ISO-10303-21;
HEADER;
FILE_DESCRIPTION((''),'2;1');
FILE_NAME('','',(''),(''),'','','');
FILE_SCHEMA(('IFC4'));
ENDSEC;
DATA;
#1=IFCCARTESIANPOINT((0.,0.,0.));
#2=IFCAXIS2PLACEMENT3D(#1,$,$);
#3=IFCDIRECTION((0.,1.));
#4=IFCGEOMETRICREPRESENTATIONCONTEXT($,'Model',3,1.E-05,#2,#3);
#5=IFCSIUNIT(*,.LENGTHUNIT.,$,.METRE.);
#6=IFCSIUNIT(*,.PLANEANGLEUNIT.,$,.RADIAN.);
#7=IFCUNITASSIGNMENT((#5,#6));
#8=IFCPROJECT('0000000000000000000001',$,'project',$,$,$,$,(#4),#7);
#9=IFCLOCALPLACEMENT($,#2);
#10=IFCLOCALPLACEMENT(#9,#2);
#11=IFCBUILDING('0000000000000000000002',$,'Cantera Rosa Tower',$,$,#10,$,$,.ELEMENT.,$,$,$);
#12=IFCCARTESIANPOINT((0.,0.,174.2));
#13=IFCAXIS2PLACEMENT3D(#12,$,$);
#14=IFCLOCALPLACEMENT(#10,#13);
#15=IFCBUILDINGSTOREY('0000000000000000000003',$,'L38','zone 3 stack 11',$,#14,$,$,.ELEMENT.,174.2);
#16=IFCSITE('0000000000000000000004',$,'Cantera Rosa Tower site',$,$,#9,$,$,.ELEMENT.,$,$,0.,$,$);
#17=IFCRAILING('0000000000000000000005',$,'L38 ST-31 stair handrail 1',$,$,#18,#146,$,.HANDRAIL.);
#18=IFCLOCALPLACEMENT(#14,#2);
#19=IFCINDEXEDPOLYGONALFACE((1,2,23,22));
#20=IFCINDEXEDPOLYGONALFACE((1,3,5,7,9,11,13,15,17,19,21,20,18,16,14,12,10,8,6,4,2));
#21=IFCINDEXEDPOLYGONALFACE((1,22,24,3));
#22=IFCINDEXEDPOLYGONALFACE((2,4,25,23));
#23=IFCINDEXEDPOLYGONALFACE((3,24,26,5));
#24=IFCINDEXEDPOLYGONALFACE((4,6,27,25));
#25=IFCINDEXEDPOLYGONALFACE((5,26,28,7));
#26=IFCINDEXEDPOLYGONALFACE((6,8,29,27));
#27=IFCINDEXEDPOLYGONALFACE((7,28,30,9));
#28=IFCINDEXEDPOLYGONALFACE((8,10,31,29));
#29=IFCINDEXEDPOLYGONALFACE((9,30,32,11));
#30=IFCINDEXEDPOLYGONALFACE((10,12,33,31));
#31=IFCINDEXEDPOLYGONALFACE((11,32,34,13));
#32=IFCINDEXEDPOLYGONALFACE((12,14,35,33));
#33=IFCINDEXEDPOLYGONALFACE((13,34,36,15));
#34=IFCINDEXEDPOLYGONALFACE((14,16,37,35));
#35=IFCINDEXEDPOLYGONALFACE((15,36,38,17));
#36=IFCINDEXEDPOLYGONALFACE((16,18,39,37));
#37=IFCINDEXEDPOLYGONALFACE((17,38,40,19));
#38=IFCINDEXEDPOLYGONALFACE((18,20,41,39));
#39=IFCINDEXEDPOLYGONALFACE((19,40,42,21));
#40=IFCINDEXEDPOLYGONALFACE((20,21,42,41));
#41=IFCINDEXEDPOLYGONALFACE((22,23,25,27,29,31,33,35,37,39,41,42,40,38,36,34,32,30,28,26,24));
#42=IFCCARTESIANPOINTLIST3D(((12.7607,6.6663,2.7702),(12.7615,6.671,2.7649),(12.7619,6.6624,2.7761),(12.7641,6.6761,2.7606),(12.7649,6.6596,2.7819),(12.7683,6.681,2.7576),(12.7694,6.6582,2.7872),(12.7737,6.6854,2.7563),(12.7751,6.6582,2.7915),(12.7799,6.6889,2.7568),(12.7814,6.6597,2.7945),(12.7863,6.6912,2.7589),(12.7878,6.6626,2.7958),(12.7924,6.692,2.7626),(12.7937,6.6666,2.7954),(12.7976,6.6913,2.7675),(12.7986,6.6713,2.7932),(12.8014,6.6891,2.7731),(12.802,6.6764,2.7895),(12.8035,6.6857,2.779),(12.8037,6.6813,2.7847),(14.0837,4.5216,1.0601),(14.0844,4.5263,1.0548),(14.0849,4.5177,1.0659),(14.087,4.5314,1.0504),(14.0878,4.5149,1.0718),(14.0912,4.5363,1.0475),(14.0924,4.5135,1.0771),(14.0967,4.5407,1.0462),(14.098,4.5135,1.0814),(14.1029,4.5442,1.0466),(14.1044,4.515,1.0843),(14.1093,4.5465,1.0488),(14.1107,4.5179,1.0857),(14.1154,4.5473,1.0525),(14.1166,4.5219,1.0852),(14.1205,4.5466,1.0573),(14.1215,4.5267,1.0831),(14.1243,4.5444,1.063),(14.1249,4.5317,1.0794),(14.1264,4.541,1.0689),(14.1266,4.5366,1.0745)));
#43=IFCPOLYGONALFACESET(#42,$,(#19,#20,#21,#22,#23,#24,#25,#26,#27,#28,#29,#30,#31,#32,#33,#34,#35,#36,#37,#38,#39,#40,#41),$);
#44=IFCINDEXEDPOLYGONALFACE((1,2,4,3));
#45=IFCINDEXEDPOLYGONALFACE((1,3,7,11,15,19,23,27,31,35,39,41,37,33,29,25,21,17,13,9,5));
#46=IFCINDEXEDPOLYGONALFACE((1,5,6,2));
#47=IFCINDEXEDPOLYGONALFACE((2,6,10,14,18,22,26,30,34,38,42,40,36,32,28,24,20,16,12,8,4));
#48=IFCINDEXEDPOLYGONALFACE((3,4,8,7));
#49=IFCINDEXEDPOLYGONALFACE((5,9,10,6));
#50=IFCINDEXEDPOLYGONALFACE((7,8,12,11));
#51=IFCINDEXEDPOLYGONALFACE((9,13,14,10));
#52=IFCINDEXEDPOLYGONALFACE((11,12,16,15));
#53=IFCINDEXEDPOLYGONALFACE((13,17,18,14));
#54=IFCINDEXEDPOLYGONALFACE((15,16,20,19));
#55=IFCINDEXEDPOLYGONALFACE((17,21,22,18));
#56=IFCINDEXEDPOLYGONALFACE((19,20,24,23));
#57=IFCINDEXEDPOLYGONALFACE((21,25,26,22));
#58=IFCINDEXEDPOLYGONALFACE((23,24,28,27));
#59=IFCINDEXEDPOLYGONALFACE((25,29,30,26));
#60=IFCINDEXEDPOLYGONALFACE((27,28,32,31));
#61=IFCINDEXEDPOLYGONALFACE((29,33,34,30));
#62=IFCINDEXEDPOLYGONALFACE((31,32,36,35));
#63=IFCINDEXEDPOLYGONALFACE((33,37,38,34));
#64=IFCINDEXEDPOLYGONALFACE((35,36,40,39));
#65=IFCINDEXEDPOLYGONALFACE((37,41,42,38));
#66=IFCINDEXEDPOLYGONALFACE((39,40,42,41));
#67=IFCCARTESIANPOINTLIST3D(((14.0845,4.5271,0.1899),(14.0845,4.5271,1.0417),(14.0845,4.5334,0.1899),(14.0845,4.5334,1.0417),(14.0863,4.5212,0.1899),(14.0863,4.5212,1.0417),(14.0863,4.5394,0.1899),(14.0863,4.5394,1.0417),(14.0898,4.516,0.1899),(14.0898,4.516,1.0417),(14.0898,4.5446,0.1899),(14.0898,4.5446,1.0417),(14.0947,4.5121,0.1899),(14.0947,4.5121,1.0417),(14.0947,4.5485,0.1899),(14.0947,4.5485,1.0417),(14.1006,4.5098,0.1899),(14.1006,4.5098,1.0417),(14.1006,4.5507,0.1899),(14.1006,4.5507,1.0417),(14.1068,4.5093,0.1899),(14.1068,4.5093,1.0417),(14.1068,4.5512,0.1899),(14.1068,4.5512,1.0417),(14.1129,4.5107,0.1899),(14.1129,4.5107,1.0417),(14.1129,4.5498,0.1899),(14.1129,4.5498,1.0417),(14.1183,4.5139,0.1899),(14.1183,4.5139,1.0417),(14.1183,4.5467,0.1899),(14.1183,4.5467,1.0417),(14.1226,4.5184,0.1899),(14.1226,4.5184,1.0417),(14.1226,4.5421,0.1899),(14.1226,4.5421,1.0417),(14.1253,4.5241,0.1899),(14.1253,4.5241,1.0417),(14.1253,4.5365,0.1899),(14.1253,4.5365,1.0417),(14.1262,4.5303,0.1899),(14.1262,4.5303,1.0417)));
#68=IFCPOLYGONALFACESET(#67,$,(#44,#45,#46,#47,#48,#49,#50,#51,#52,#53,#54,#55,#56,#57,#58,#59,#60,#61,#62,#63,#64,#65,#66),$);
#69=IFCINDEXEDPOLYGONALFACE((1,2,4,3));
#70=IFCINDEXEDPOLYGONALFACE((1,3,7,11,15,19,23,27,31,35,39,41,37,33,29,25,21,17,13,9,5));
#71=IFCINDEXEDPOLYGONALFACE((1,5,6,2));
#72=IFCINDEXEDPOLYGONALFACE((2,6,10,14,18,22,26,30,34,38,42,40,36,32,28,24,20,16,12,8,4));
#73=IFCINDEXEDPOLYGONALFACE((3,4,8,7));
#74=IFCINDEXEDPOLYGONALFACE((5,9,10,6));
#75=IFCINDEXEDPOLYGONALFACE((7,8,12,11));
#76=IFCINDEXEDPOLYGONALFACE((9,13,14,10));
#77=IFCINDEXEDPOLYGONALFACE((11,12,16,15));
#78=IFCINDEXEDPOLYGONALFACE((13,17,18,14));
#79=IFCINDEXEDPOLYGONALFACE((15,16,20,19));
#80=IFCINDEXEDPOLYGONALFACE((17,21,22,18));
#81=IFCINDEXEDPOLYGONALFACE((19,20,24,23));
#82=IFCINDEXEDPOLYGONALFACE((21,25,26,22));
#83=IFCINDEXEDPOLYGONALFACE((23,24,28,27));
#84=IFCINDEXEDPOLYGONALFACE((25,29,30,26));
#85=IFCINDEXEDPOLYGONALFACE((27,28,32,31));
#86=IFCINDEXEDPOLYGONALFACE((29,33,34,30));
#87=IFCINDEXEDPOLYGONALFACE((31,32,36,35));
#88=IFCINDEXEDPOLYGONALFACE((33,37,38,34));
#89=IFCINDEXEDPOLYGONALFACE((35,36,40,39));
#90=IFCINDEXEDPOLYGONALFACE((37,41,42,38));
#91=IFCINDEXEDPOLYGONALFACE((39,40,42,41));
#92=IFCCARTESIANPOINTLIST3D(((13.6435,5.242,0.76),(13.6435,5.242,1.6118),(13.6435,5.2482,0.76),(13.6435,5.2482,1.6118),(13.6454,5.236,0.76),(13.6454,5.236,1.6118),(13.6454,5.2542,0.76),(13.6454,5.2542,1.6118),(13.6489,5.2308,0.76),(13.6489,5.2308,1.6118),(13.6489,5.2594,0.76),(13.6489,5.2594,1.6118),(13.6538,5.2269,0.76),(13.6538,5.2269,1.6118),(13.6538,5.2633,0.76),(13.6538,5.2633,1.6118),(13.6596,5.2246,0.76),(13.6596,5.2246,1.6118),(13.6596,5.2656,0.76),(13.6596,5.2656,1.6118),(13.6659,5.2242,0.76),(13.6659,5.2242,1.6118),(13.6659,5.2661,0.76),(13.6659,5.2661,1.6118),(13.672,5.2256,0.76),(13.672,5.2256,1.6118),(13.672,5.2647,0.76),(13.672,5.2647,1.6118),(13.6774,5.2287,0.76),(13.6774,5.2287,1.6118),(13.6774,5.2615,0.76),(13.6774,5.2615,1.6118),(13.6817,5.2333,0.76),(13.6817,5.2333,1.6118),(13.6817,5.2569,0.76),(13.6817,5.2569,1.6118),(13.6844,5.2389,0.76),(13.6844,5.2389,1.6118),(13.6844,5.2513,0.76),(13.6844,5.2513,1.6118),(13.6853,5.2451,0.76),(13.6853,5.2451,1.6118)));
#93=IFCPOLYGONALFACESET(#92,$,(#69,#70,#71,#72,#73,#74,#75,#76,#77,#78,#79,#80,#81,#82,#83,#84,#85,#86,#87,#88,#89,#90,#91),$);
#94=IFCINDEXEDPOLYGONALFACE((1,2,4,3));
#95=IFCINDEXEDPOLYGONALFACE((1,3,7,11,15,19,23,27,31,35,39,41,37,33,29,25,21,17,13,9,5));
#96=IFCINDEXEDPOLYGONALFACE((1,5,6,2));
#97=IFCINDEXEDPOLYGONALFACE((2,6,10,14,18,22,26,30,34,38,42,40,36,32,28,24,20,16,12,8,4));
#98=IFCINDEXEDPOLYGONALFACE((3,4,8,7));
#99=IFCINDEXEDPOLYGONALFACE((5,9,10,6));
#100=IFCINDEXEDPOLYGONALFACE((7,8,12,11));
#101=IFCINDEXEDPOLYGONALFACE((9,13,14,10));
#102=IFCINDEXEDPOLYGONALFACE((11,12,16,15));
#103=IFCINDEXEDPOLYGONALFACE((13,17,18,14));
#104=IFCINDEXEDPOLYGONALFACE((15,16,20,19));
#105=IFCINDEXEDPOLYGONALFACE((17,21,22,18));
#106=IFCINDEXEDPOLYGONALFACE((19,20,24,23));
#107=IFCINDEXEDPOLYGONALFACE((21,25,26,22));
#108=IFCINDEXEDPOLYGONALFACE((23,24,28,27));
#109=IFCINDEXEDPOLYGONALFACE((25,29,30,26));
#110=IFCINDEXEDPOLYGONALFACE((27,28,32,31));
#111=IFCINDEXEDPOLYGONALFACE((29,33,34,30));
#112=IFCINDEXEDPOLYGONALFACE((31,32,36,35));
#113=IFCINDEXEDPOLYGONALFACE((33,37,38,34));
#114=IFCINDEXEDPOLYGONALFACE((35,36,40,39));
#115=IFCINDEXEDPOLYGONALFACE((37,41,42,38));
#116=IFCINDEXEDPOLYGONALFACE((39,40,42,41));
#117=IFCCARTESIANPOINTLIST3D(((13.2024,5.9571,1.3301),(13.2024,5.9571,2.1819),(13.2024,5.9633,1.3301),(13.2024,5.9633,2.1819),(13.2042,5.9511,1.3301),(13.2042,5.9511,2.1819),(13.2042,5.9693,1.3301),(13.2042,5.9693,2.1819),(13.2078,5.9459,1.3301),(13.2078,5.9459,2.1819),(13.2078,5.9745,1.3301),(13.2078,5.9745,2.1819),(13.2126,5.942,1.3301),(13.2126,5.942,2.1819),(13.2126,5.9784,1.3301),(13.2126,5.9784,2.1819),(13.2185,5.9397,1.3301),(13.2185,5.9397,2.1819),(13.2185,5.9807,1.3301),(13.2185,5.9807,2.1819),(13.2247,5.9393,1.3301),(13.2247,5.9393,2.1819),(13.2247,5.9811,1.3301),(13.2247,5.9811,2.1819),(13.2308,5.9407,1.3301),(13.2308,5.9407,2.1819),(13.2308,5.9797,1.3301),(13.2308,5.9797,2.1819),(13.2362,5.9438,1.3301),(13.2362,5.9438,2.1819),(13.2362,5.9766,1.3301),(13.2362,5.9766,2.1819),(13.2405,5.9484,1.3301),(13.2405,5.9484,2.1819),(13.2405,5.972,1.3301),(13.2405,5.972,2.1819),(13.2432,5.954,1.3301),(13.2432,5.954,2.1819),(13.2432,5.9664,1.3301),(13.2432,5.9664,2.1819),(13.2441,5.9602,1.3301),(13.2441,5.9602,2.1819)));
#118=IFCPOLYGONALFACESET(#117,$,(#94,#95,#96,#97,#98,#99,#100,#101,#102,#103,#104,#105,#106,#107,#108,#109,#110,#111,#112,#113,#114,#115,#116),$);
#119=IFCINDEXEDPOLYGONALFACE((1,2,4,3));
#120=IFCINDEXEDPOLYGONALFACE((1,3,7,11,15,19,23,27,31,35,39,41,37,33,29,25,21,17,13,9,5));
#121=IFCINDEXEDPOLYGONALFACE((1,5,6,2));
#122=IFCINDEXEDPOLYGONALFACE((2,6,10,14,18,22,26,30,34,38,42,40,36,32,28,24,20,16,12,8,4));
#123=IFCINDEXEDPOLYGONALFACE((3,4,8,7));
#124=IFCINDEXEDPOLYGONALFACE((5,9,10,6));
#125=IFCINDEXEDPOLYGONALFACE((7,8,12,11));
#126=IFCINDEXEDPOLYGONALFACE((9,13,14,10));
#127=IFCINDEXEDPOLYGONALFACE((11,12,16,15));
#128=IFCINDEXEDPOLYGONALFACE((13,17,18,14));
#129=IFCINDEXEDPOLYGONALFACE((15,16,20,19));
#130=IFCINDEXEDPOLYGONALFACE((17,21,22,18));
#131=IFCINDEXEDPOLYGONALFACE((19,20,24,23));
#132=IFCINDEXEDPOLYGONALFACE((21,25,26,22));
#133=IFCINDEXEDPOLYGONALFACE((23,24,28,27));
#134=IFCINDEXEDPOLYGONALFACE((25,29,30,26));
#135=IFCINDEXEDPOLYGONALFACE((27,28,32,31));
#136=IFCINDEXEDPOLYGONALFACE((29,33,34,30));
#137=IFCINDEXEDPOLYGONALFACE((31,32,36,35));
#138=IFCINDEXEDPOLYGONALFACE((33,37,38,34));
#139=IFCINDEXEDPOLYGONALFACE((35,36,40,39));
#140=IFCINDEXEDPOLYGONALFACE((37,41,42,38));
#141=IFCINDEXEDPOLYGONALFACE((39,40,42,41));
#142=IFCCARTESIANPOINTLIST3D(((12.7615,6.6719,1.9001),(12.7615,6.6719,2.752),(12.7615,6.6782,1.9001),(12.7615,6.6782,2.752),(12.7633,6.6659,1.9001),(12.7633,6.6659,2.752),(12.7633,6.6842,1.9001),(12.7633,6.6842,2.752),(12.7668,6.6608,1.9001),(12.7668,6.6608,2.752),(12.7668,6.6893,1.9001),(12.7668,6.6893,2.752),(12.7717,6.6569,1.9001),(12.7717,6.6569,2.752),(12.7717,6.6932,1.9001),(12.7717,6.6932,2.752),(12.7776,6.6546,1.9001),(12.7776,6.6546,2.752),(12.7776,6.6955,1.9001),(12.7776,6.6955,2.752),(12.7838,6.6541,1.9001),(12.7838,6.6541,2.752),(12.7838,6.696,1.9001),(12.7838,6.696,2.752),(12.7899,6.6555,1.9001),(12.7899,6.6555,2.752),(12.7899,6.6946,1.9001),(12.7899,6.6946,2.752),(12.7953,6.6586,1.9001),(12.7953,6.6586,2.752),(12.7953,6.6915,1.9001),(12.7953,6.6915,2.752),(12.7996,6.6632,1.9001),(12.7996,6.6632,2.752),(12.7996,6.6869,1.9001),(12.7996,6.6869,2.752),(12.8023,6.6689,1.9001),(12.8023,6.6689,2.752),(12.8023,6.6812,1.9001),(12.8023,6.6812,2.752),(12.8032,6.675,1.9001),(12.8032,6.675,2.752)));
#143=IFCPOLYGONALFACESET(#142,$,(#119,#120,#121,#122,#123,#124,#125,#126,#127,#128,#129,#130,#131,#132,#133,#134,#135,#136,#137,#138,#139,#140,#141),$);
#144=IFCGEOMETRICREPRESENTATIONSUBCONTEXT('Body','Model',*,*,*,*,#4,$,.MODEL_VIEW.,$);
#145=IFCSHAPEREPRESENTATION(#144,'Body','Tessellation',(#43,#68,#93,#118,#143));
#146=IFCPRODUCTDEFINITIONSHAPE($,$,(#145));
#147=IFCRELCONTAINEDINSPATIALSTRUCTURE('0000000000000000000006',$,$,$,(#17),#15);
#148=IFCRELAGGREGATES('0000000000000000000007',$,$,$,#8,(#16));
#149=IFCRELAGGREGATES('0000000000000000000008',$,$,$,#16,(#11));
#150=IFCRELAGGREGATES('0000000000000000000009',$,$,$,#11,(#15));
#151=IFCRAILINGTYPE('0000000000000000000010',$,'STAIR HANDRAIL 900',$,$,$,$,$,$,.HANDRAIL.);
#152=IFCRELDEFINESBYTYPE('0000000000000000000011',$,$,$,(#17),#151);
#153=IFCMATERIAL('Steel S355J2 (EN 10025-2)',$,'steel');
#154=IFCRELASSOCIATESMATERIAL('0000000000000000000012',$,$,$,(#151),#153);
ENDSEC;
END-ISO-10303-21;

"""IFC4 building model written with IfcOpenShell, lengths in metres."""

from ifc_helpers import new_model, si_unit, direction, frame, origin, origin_2d, place, context, subcontext, project, spatial, circle, extrude, material, type_object, element, save


model = new_model("IFC4")

# Units and contexts
model_context = context("Model", 3, precision=1e-05, world=origin(), true_north=direction((0.0, 1.0)))
body_context = subcontext(model_context, "Body", "Model", "MODEL_VIEW")
ifc_project = project(units=[si_unit("LENGTHUNIT", "METRE"), si_unit("PLANEANGLEUNIT", "RADIAN")], contexts=[model_context])

# Site, building, storey
site_placement = place(None, origin())
site = spatial("IfcSite", under=ifc_project, at=site_placement, Name="Cantera Rosa Tower site", CompositionType="ELEMENT", RefElevation=0.0)
building_placement = place(site_placement, origin())
building = spatial("IfcBuilding", under=site, at=building_placement, Name="Cantera Rosa Tower", CompositionType="ELEMENT")
storey_placement = place(building_placement, frame((0.0, 0.0, 174.2)))
storey = spatial("IfcBuildingStorey", under=building, at=storey_placement, Name="L38", Description="zone 3 stack 11", CompositionType="ELEMENT", Elevation=174.2)

# Railing
ifc_material_1 = material(Name="Steel S355J2 (EN 10025-2)", Category="steel")
railing_type_1 = type_object("IfcRailingType", Name="STAIR HANDRAIL 900", PredefinedType="HANDRAIL", material=ifc_material_1)
railing_1_placement = place(storey_placement, frame((14.1052, 4.5303, 0.1899)))
element("IfcRailing", 1, at=railing_1_placement, inside=storey, type_object=railing_type_1, Name="L38 ST-31 stair handrail 1", PredefinedType="HANDRAIL", context=body_context, shape_type="SweptSolid", body=[
    extrude(circle(Radius=0.0239, at=origin_2d()), frame((0.0, 0.0, 0.876), z_axis=(-0.434408, 0.70424, 0.561548), x_axis=(-0.851102, -0.525, 0.0)), (0.0, 0.0, 1.0), 3.0454),
    extrude(circle(Radius=0.021, at=origin_2d()), origin(), (0.0, 0.0, 1.0), 0.8518),
    extrude(circle(Radius=0.021, at=origin_2d()), frame((-0.4409, 0.7148, 0.5701)), (0.0, 0.0, 1.0), 0.8518),
    extrude(circle(Radius=0.021, at=origin_2d()), frame((-0.8821, 1.4299, 1.1401)), (0.0, 0.0, 1.0), 0.8518),
    extrude(circle(Radius=0.021, at=origin_2d()), frame((-1.323, 2.1448, 1.7102)), (0.0, 0.0, 1.0), 0.8518),
])

save(model, "model.ifc")
